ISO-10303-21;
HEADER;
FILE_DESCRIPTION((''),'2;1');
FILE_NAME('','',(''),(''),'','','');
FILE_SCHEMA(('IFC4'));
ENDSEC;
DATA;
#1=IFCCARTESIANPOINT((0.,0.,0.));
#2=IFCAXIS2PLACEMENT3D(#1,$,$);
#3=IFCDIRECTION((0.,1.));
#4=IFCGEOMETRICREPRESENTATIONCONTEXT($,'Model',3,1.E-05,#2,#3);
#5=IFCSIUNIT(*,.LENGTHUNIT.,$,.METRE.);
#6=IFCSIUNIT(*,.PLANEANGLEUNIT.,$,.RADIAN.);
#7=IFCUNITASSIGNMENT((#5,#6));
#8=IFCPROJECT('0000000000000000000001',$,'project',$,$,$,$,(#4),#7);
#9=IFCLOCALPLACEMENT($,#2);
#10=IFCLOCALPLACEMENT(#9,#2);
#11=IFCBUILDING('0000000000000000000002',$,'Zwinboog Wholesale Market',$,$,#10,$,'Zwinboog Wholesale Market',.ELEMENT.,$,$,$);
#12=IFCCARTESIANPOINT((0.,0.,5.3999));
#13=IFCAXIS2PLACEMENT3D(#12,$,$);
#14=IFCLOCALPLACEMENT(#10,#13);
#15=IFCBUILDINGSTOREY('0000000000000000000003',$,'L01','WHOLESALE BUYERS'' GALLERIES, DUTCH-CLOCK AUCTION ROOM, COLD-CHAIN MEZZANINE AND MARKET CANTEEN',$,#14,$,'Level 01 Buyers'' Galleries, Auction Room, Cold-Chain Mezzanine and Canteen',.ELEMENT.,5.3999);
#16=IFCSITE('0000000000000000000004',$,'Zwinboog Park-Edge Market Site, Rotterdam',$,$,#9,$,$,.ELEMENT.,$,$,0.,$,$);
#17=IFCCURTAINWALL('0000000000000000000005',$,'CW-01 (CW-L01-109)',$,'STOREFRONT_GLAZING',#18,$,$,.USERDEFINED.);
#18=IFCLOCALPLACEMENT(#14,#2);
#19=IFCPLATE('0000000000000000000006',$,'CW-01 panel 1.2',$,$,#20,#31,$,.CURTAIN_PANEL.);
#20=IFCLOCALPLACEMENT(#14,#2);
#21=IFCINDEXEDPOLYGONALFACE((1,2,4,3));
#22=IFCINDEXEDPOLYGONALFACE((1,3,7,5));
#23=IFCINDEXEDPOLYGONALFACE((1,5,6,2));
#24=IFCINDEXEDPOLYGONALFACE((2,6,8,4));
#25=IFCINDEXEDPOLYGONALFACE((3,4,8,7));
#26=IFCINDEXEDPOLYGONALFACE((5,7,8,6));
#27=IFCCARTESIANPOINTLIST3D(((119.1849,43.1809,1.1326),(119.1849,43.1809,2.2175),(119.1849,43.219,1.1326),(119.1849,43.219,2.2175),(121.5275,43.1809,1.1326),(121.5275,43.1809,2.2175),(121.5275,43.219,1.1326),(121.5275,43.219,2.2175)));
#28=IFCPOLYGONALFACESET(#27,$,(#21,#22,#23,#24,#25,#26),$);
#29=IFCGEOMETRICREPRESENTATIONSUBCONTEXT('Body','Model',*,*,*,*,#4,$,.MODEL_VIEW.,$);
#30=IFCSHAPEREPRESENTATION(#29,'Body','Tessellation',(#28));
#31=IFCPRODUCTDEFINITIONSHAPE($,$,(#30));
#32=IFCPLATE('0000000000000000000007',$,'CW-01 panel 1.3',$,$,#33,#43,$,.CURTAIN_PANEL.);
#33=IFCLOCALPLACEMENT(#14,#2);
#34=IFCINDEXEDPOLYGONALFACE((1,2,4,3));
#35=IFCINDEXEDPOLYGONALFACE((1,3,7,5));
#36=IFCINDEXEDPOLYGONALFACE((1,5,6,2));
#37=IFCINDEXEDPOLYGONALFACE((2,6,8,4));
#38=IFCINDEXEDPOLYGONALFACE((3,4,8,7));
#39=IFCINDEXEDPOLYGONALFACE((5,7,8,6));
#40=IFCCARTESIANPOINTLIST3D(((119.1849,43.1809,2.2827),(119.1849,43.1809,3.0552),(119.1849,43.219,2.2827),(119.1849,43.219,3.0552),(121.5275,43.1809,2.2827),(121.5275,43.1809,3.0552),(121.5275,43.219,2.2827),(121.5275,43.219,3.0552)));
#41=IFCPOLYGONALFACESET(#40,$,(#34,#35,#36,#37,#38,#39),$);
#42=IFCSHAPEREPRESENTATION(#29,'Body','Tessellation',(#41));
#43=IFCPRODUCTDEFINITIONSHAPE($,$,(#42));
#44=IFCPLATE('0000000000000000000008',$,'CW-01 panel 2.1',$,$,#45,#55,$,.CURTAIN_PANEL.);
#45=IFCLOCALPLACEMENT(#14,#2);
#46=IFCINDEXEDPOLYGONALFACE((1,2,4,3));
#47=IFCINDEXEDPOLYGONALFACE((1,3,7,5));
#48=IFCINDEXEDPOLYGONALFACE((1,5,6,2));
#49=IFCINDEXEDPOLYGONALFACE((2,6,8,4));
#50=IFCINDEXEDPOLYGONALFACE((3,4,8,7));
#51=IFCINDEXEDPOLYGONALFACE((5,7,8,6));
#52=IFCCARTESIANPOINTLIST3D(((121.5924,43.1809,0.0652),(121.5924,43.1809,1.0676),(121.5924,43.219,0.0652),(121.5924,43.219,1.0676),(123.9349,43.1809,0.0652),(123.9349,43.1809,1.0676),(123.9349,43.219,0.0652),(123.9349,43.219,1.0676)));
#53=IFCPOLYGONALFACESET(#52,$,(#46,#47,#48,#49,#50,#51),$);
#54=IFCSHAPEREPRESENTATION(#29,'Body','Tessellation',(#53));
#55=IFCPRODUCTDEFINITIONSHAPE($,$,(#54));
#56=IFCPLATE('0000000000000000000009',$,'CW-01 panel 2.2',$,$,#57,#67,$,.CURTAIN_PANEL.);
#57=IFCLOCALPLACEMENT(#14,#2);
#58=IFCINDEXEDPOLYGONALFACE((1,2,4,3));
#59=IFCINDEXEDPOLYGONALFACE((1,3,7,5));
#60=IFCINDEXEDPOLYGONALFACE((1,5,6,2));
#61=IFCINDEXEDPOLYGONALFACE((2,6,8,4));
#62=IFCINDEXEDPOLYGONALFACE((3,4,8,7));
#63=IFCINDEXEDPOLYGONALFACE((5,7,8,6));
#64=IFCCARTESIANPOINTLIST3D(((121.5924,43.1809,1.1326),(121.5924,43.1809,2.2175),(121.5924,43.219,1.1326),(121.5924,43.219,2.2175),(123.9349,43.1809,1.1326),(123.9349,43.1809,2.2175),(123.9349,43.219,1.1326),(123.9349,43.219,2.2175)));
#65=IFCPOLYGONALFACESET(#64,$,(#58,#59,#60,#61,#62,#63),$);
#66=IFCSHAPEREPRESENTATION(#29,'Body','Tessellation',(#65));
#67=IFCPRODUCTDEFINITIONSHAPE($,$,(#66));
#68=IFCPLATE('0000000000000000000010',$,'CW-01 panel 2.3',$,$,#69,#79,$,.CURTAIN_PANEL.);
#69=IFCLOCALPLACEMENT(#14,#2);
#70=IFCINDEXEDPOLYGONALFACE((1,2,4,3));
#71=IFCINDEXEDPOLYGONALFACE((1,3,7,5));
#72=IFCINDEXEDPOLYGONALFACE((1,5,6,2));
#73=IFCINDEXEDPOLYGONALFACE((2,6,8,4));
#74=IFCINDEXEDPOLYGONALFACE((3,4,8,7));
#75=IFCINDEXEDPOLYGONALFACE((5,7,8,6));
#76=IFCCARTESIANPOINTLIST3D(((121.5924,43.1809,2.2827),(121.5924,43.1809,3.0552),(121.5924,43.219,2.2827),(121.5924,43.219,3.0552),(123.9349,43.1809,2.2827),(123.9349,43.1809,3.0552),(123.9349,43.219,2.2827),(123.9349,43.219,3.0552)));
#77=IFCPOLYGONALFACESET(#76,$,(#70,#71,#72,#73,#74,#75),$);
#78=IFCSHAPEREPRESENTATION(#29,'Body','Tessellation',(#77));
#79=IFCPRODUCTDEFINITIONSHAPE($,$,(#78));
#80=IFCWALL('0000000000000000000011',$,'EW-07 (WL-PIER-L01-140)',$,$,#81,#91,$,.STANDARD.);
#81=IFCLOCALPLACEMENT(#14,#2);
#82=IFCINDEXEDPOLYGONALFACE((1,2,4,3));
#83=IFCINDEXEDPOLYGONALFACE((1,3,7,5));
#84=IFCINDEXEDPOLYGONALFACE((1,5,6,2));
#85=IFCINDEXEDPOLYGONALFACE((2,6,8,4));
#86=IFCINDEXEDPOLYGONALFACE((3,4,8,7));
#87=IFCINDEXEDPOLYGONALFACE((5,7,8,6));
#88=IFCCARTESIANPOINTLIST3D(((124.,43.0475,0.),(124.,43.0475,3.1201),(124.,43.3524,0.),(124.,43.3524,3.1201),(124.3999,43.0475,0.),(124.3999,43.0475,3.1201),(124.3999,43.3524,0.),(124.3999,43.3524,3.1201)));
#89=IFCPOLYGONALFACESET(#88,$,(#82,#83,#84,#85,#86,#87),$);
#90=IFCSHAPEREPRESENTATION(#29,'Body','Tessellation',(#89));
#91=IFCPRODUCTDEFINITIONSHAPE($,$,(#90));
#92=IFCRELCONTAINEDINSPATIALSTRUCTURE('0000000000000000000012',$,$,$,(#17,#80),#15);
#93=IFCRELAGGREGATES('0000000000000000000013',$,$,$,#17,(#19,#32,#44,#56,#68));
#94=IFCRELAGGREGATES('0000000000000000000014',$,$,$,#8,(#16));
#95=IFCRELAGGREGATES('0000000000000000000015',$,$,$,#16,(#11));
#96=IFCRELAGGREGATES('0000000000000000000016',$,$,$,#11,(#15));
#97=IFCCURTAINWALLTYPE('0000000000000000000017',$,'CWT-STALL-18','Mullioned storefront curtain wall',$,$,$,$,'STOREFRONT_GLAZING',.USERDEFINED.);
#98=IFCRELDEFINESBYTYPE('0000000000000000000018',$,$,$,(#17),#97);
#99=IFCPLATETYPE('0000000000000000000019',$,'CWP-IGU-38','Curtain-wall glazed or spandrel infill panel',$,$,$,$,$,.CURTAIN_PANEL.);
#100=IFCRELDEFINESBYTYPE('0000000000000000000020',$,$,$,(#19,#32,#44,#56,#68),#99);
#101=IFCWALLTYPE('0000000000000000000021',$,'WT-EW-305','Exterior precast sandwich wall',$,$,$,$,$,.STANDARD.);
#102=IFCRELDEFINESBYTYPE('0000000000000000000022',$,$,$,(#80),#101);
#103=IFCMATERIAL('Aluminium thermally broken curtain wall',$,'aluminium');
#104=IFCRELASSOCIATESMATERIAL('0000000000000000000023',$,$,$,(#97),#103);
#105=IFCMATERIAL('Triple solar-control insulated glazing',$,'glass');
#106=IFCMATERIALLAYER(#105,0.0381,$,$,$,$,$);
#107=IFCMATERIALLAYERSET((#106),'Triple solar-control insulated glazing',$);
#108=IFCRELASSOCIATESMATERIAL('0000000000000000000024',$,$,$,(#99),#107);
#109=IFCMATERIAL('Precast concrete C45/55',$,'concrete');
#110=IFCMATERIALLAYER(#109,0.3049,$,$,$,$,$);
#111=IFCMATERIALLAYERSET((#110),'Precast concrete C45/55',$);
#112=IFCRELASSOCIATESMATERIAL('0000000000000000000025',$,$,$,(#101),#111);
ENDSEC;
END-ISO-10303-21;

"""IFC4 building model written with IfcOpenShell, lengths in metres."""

from ifc_helpers import new_model, si_unit, direction, frame, frame_2d, origin, origin_2d, place, context, subcontext, project, spatial, rectangle, extrude, material, layer, layer_set, type_object, element, aggregate, save


model = new_model("IFC4")

# Units and contexts
model_context = context("Model", 3, precision=1e-05, world=origin(), true_north=direction((0.0, 1.0)))
body_context = subcontext(model_context, "Body", "Model", "MODEL_VIEW")
ifc_project = project(units=[si_unit("LENGTHUNIT", "METRE"), si_unit("PLANEANGLEUNIT", "RADIAN")], contexts=[model_context])

# Site, building, storey
site_placement = place(None, origin())
site = spatial("IfcSite", under=ifc_project, at=site_placement, Name="Zwinboog Park-Edge Market Site, Rotterdam", CompositionType="ELEMENT", RefElevation=0.0)
building_placement = place(site_placement, origin())
building = spatial("IfcBuilding", under=site, at=building_placement, Name="Zwinboog Wholesale Market", LongName="Zwinboog Wholesale Market", CompositionType="ELEMENT")
storey_placement = place(building_placement, frame((0.0, 0.0, 5.3999)))
storey = spatial("IfcBuildingStorey", under=building, at=storey_placement, Name="L01", Description="WHOLESALE BUYERS' GALLERIES, DUTCH-CLOCK AUCTION ROOM, COLD-CHAIN MEZZANINE AND MARKET CANTEEN", LongName="Level 01 Buyers' Galleries, Auction Room, Cold-Chain Mezzanine and Canteen", CompositionType="ELEMENT", Elevation=5.3999)

# Curtain wall
ifc_material_1 = material(Name="Aluminium thermally broken curtain wall", Category="aluminium")
curtain_wall_type_1 = type_object("IfcCurtainWallType", Name="CWT-STALL-18", Description="Mullioned storefront curtain wall", ElementType="STOREFRONT_GLAZING", PredefinedType="USERDEFINED", material=ifc_material_1)
curtain_wall_1_placement = place(storey_placement, origin())
curtain_wall_1 = element("IfcCurtainWall", 1, at=curtain_wall_1_placement, inside=storey, type_object=curtain_wall_type_1, Name="CW-01 (CW-L01-109)", ObjectType="STOREFRONT_GLAZING", PredefinedType="USERDEFINED")

# Plates
ifc_material_2 = material(Name="Triple solar-control insulated glazing", Category="glass")
ifc_layer_1 = layer(ifc_material_2, 0.0381)
ifc_layer_set_1 = layer_set([ifc_layer_1], Name="Triple solar-control insulated glazing")
plate_type = type_object("IfcPlateType", Name="CWP-IGU-38", Description="Curtain-wall glazed or spandrel infill panel", PredefinedType="CURTAIN_PANEL", material=ifc_layer_set_1)
plate_1_placement = place(storey_placement, frame((120.3562, 43.2, 1.1326), z_axis=(0.0, 0.0, 1.0), x_axis=(1.0, 0.0, 0.0)))
plate_1 = element("IfcPlate", 2, at=plate_1_placement, type_object=plate_type, Name="CW-01 panel 1.2", PredefinedType="CURTAIN_PANEL", context=body_context, shape_type="SweptSolid", body=[
    extrude(rectangle(XDim=2.3425, YDim=0.0381, at=origin_2d()), origin(), (0.0, 0.0, 1.0), 1.085),
])
plate_2_placement = place(storey_placement, frame((120.3562, 43.2, 2.2827), z_axis=(0.0, 0.0, 1.0), x_axis=(1.0, 0.0, 0.0)))
plate_2 = element("IfcPlate", 3, at=plate_2_placement, type_object=plate_type, Name="CW-01 panel 1.3", PredefinedType="CURTAIN_PANEL", context=body_context, shape_type="SweptSolid", body=[
    extrude(rectangle(XDim=2.3425, YDim=0.0381, at=origin_2d()), origin(), (0.0, 0.0, 1.0), 0.7725),
])
plate_3_placement = place(storey_placement, frame((122.7637, 43.2, 0.0652), z_axis=(0.0, 0.0, 1.0), x_axis=(1.0, 0.0, 0.0)))
plate_3 = element("IfcPlate", 4, at=plate_3_placement, type_object=plate_type, Name="CW-01 panel 2.1", PredefinedType="CURTAIN_PANEL", context=body_context, shape_type="SweptSolid", body=[
    extrude(rectangle(XDim=2.3425, YDim=0.0381, at=origin_2d()), origin(), (0.0, 0.0, 1.0), 1.0024),
])
plate_4_placement = place(storey_placement, frame((122.7637, 43.2, 1.1326), z_axis=(0.0, 0.0, 1.0), x_axis=(1.0, 0.0, 0.0)))
plate_4 = element("IfcPlate", 5, at=plate_4_placement, type_object=plate_type, Name="CW-01 panel 2.2", PredefinedType="CURTAIN_PANEL", context=body_context, shape_type="SweptSolid", body=[
    extrude(rectangle(XDim=2.3425, YDim=0.0381, at=origin_2d()), origin(), (0.0, 0.0, 1.0), 1.085),
])
plate_5_placement = place(storey_placement, frame((122.7637, 43.2, 2.2827), z_axis=(0.0, 0.0, 1.0), x_axis=(1.0, 0.0, 0.0)))
plate_5 = element("IfcPlate", 6, at=plate_5_placement, type_object=plate_type, Name="CW-01 panel 2.3", PredefinedType="CURTAIN_PANEL", context=body_context, shape_type="SweptSolid", body=[
    extrude(rectangle(XDim=2.3425, YDim=0.0381, at=origin_2d()), origin(), (0.0, 0.0, 1.0), 0.7725),
])
aggregate(curtain_wall_1, [plate_1, plate_2, plate_3, plate_4, plate_5])

# Wall
ifc_material_3 = material(Name="Precast concrete C45/55", Category="concrete")
ifc_layer_2 = layer(ifc_material_3, 0.3049)
ifc_layer_set_2 = layer_set([ifc_layer_2], Name="Precast concrete C45/55")
wall_type = type_object("IfcWallType", Name="WT-EW-305", Description="Exterior precast sandwich wall", PredefinedType="STANDARD", material=ifc_layer_set_2)
wall_placement = place(storey_placement, frame((124.0, 43.2, 0.0), z_axis=(0.0, 0.0, 1.0), x_axis=(1.0, 0.0, 0.0)))
element("IfcWall", 7, at=wall_placement, inside=storey, type_object=wall_type, Name="EW-07 (WL-PIER-L01-140)", PredefinedType="STANDARD", context=body_context, shape_type="SweptSolid", body=[
    extrude(rectangle(XDim=0.3999, YDim=0.3049, at=frame_2d((0.2, 0.0))), origin(), (0.0, 0.0, 1.0), 3.1201),
])

save(model, "model.ifc")
